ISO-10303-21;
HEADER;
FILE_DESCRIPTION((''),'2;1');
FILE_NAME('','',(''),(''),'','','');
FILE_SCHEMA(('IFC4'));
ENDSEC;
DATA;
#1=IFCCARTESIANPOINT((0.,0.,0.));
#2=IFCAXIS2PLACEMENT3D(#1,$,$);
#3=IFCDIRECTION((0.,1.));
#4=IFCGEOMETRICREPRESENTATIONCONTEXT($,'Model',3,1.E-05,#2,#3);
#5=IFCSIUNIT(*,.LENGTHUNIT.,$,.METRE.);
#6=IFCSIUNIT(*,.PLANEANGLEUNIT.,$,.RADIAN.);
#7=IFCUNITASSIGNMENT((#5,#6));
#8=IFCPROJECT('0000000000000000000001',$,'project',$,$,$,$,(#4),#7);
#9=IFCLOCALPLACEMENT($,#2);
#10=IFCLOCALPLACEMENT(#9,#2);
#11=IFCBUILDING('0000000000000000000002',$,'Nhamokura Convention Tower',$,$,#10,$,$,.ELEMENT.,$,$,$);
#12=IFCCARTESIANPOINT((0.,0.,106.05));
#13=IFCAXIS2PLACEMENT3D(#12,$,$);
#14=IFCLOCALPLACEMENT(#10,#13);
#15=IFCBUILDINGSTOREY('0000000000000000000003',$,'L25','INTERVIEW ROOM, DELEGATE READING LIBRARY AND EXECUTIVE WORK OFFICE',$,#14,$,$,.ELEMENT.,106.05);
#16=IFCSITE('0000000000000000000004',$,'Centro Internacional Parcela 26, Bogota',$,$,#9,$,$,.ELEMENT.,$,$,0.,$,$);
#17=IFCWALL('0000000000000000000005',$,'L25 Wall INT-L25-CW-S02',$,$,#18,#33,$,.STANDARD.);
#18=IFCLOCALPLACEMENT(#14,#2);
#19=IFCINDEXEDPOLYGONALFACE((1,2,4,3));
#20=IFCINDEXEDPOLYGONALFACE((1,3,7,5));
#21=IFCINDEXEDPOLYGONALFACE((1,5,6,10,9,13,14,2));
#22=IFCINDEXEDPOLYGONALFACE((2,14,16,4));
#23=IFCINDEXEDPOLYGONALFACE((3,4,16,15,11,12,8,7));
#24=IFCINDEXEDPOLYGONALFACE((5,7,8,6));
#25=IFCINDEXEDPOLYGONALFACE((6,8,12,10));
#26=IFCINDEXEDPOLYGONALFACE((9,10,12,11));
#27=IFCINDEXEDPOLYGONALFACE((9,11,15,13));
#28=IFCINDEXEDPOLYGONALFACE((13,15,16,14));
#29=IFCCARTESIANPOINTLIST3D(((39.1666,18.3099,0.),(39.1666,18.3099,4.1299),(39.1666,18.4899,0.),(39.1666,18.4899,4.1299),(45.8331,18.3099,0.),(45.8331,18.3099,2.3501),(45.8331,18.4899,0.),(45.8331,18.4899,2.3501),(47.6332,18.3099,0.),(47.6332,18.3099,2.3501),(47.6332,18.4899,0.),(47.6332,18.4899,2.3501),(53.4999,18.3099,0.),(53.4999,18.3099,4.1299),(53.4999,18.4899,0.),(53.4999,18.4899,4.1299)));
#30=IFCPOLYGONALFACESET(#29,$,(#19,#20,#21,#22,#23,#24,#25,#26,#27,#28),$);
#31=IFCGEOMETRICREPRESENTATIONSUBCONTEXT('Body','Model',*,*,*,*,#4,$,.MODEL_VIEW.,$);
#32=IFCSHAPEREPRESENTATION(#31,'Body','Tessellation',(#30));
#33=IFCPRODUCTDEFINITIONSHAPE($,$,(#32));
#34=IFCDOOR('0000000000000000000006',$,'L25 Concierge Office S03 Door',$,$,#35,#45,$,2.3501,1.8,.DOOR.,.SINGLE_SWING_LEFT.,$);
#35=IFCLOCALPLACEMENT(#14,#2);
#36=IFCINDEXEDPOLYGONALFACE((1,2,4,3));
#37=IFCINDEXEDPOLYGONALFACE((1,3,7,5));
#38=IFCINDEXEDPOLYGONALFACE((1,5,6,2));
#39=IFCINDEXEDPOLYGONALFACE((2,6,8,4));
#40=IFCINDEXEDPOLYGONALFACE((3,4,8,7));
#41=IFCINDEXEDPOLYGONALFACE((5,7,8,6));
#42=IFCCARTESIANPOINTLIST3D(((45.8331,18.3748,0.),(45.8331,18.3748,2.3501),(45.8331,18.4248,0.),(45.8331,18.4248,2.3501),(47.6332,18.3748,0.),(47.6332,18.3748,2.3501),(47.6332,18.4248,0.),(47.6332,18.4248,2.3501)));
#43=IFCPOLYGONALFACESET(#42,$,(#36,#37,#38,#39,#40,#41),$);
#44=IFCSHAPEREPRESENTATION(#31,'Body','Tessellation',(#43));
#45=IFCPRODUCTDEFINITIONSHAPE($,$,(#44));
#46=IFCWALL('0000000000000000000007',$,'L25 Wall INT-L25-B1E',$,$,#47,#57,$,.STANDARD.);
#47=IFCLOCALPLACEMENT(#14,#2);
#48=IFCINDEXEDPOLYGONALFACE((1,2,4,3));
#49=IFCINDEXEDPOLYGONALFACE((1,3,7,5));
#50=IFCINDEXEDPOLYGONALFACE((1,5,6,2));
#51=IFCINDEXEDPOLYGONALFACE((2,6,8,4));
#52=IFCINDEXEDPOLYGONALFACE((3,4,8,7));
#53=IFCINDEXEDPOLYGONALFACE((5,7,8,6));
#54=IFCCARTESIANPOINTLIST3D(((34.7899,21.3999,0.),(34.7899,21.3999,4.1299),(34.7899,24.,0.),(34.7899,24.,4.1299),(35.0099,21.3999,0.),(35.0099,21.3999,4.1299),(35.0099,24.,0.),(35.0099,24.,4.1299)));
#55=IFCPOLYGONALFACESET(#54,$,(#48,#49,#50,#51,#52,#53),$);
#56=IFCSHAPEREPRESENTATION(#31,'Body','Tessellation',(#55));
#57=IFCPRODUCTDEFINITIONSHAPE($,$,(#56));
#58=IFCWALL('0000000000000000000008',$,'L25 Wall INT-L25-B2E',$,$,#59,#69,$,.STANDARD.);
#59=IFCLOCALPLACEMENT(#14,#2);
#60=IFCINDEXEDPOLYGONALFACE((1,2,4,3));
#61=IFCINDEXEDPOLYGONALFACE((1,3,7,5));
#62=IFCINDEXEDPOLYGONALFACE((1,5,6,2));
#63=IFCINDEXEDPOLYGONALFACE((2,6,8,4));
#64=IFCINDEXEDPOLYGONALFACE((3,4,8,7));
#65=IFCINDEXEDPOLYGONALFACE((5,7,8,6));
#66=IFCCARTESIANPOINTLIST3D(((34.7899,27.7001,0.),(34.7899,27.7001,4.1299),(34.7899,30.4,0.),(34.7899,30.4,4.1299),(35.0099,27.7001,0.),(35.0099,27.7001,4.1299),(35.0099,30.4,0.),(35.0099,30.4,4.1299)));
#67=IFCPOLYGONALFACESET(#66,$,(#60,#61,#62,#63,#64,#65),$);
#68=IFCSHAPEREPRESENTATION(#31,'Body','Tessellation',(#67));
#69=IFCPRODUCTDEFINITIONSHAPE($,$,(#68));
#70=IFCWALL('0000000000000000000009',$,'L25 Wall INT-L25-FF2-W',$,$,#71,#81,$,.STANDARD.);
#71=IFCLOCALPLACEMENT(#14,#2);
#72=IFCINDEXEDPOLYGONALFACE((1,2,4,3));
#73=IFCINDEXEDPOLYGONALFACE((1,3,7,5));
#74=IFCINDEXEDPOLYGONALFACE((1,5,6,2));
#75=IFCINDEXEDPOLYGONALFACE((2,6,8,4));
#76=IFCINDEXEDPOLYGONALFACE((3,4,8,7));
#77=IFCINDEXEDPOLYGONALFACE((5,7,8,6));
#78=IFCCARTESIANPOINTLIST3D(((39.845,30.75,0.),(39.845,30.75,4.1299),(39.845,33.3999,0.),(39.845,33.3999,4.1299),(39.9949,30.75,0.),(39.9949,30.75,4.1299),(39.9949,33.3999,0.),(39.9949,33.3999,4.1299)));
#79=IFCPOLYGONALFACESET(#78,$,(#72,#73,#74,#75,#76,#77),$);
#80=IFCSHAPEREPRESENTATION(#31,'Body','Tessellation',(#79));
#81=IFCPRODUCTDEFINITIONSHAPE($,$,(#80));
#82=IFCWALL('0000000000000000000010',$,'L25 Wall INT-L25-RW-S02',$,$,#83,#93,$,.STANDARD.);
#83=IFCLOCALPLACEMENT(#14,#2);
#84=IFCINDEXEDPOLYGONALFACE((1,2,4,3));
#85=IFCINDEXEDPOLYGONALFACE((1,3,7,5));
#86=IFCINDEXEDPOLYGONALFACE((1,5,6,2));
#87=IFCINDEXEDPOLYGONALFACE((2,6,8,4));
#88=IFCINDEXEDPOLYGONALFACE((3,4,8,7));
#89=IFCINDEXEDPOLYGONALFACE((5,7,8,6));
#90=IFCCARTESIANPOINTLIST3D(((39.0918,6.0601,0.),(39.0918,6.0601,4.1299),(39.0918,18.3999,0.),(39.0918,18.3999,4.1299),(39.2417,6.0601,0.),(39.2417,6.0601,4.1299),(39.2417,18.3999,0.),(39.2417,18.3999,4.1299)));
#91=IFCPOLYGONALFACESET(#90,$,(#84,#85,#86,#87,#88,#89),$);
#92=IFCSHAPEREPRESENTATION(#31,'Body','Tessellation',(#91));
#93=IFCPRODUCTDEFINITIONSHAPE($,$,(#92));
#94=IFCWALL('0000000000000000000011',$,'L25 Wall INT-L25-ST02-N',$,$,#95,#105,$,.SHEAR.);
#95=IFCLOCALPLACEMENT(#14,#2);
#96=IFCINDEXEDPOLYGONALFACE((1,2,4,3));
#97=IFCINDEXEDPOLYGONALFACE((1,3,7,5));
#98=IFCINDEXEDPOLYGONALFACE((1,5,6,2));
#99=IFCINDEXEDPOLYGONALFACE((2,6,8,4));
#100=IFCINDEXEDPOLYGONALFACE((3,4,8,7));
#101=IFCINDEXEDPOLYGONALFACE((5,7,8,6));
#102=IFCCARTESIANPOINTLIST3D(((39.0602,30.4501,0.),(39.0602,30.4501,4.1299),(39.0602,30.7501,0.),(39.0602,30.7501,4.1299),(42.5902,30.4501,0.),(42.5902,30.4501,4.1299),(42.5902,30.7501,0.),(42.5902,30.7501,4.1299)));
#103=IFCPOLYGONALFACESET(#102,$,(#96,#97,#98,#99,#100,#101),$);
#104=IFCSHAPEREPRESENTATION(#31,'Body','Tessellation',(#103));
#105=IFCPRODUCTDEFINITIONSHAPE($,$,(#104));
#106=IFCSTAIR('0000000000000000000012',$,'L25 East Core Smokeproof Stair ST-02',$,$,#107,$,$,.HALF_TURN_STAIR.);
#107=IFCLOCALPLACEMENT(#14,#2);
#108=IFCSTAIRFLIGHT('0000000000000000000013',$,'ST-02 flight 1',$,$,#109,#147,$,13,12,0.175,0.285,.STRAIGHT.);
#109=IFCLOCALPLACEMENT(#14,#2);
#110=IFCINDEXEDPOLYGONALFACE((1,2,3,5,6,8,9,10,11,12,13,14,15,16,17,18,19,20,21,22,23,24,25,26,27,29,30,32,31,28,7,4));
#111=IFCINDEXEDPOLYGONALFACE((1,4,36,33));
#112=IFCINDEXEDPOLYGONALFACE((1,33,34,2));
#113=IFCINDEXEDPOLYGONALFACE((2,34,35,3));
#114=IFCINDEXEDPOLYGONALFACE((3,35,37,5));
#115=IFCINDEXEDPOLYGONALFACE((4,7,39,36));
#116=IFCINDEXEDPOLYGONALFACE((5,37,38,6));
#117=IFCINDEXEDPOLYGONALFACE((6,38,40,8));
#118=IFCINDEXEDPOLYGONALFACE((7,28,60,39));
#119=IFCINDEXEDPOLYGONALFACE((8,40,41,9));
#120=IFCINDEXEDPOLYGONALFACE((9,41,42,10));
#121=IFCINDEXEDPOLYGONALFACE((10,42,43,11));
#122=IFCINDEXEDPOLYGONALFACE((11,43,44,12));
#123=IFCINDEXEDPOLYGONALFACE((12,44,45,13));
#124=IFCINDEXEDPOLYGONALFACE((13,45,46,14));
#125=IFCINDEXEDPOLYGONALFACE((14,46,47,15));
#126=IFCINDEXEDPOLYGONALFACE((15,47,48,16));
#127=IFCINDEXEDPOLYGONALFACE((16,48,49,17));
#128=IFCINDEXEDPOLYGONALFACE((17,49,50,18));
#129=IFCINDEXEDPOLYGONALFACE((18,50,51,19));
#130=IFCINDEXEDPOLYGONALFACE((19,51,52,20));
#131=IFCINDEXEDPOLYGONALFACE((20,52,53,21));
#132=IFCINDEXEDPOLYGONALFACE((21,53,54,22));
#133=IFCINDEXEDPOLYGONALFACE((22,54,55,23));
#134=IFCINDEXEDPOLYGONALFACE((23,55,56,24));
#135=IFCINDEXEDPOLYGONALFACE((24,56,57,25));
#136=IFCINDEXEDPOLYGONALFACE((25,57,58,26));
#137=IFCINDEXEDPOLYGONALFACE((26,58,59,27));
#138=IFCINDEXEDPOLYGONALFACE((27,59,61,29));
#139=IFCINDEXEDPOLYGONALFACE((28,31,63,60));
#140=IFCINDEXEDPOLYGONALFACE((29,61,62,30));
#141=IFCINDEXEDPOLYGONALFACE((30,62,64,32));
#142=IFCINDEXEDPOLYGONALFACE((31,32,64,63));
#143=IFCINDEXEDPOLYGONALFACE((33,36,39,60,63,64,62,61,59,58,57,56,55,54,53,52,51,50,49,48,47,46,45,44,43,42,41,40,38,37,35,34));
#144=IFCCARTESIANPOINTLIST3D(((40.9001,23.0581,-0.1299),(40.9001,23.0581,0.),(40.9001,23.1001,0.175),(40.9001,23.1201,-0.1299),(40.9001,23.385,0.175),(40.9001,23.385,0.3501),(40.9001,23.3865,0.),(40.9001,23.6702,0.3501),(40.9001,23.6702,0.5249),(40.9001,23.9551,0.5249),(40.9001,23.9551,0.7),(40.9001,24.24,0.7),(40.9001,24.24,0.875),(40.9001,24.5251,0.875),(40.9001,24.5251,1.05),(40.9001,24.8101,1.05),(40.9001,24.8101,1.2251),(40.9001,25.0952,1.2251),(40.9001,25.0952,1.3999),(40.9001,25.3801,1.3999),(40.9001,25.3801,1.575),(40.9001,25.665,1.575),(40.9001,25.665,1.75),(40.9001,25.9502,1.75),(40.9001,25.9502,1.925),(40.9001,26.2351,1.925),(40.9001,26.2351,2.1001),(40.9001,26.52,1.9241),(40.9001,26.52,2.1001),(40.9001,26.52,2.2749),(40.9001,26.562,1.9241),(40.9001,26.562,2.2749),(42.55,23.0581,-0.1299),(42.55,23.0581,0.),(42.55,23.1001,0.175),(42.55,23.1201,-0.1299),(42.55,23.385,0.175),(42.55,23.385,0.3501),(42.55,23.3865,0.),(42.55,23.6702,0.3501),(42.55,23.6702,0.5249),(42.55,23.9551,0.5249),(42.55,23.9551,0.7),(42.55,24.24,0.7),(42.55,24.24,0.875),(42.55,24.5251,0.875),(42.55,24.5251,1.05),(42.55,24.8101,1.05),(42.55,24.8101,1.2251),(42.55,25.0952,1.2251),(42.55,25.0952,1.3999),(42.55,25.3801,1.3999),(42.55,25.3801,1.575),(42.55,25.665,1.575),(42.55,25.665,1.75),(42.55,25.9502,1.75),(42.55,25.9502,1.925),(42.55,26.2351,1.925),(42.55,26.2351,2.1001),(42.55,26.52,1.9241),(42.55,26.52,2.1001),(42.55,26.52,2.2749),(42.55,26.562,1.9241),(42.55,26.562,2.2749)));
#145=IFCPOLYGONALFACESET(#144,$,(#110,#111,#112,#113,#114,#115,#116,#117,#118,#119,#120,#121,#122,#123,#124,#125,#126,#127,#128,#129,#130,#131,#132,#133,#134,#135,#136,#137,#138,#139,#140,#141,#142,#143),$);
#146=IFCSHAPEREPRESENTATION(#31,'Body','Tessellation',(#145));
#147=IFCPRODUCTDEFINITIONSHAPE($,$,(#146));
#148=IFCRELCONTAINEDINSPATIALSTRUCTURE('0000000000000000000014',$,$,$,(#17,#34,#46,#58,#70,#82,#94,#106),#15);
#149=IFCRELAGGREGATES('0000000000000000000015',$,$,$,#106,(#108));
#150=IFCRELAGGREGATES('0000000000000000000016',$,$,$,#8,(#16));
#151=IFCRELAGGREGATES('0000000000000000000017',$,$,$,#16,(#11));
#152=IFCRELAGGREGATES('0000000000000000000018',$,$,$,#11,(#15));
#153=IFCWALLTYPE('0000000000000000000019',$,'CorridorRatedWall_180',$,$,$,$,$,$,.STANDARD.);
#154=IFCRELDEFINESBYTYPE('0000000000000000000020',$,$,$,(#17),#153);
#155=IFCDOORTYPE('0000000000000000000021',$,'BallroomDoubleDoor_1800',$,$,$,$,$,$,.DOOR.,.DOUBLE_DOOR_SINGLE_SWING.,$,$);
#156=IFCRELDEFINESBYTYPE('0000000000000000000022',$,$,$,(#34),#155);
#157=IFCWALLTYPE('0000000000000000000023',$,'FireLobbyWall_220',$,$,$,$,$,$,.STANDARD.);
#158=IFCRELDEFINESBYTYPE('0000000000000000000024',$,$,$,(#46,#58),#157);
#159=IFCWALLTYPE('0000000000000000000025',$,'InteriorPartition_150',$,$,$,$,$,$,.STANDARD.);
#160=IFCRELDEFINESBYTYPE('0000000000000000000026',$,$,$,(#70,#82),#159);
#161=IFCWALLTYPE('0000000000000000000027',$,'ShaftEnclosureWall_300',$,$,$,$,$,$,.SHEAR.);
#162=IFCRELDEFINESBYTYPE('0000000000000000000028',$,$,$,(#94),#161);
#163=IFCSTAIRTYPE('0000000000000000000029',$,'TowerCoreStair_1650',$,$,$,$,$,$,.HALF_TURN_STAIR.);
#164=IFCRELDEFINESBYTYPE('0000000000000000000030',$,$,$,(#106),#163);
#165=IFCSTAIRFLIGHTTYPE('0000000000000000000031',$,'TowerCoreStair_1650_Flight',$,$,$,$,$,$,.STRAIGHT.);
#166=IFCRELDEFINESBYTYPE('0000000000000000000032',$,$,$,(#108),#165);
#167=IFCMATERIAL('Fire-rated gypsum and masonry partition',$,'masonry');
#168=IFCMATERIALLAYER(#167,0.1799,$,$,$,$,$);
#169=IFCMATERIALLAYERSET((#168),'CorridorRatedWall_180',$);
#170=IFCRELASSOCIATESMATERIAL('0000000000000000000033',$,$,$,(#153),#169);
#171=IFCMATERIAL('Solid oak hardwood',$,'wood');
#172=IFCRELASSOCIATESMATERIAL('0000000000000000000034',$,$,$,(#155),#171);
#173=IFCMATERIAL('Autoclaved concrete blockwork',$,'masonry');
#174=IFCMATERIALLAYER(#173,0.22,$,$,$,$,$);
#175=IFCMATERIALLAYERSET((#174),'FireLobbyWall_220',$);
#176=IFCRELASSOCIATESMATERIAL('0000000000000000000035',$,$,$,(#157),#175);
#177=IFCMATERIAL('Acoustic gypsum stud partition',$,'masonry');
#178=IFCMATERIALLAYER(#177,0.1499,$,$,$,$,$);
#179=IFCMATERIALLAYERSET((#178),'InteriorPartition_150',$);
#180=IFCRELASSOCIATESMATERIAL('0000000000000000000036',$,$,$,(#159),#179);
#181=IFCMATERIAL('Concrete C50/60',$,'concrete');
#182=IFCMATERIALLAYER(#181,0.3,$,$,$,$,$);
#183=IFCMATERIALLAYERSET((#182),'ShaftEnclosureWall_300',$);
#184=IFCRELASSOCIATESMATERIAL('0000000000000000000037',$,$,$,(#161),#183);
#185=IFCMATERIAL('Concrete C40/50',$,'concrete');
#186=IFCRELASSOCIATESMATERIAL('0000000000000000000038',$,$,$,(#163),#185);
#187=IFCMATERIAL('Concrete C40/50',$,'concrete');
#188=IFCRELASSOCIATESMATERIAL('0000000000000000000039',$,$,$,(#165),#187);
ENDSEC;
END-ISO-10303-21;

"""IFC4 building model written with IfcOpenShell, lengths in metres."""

from ifc_helpers import new_model, si_unit, direction, frame, frame_2d, origin, place, context, subcontext, project, spatial, polyline, rectangle, outline, extrude, material, layer, layer_set, type_object, element, fill, aggregate, save


model = new_model("IFC4")

# Units and contexts
model_context = context("Model", 3, precision=1e-05, world=origin(), true_north=direction((0.0, 1.0)))
body_context = subcontext(model_context, "Body", "Model", "MODEL_VIEW")
ifc_project = project(units=[si_unit("LENGTHUNIT", "METRE"), si_unit("PLANEANGLEUNIT", "RADIAN")], contexts=[model_context])

# Site, building, storey
site_placement = place(None, origin())
site = spatial("IfcSite", under=ifc_project, at=site_placement, Name="Centro Internacional Parcela 26, Bogota", CompositionType="ELEMENT", RefElevation=0.0)
building_placement = place(site_placement, origin())
building = spatial("IfcBuilding", under=site, at=building_placement, Name="Nhamokura Convention Tower", CompositionType="ELEMENT")
storey_placement = place(building_placement, frame((0.0, 0.0, 106.05)))
storey = spatial("IfcBuildingStorey", under=building, at=storey_placement, Name="L25", Description="INTERVIEW ROOM, DELEGATE READING LIBRARY AND EXECUTIVE WORK OFFICE", CompositionType="ELEMENT", Elevation=106.05)

# Wall, opening, door
ifc_material_1 = material(Name="Fire-rated gypsum and masonry partition", Category="masonry")
ifc_layer_1 = layer(ifc_material_1, 0.1799)
ifc_layer_set_1 = layer_set([ifc_layer_1], Name="CorridorRatedWall_180")
wall_type_1 = type_object("IfcWallType", Name="CorridorRatedWall_180", PredefinedType="STANDARD", material=ifc_layer_set_1)
wall_1_placement = place(storey_placement, frame((39.1667, 18.3999, 0.0), z_axis=(0.0, 0.0, 1.0), x_axis=(1.0, 0.0, 0.0)))
wall_1 = element("IfcWall", 1, at=wall_1_placement, inside=storey, type_object=wall_type_1, Name="L25 Wall INT-L25-CW-S02", PredefinedType="STANDARD", context=body_context, shape_type="SweptSolid", body=[
    extrude(rectangle(XDim=14.3333, YDim=0.1799, at=frame_2d((7.1665, 0.0))), origin(), (0.0, 0.0, 1.0), 4.1299),
])
opening_1_placement = place(wall_1_placement, frame((6.6665, 0.0, 0.0)))
opening_1 = element("IfcOpeningElement", 2, at=opening_1_placement, cuts=wall_1, PredefinedType="OPENING", context=body_context, shape_type="SweptSolid", body=[
    extrude(rectangle(XDim=1.8, YDim=2.3501, at=frame_2d((0.8999, 1.175))), frame((0.0, 0.0999, 0.0), z_axis=(0.0, -1.0, 0.0), x_axis=(1.0, 0.0, 0.0)), (0.0, 0.0, 1.0), 0.2),
])
ifc_material_2 = material(Name="Solid oak hardwood", Category="wood")
door_type_1 = type_object("IfcDoorType", Name="BallroomDoubleDoor_1800", OperationType="DOUBLE_DOOR_SINGLE_SWING", PredefinedType="DOOR", material=ifc_material_2)
door_1_placement = place(opening_1_placement, origin())
door_1 = element("IfcDoor", 3, at=door_1_placement, inside=storey, type_object=door_type_1, Name="L25 Concierge Office S03 Door", OperationType="SINGLE_SWING_LEFT", OverallHeight=2.3501, OverallWidth=1.8, PredefinedType="DOOR", context=body_context, shape_type="SweptSolid", body=[
    extrude(rectangle(XDim=1.8, YDim=2.3501, at=frame_2d((0.8999, 1.175))), frame((0.0, 0.0249, 0.0), z_axis=(0.0, -1.0, 0.0), x_axis=(1.0, 0.0, 0.0)), (0.0, 0.0, 1.0), 0.05),
])
fill(opening_1, door_1)
ifc_material_3 = material(Name="Autoclaved concrete blockwork", Category="masonry")
ifc_layer_2 = layer(ifc_material_3, 0.22)
ifc_layer_set_2 = layer_set([ifc_layer_2], Name="FireLobbyWall_220")
wall_type_2 = type_object("IfcWallType", Name="FireLobbyWall_220", PredefinedType="STANDARD", material=ifc_layer_set_2)

# Walls
wall_2_placement = place(storey_placement, frame((34.8999, 21.3999, 0.0), z_axis=(0.0, 0.0, 1.0), x_axis=(0.0, 1.0, 0.0)))
element("IfcWall", 4, at=wall_2_placement, inside=storey, type_object=wall_type_2, Name="L25 Wall INT-L25-B1E", PredefinedType="STANDARD", context=body_context, shape_type="SweptSolid", body=[
    extrude(rectangle(XDim=2.6001, YDim=0.22, at=frame_2d((1.3, 0.0))), origin(), (0.0, 0.0, 1.0), 4.1299),
])
wall_3_placement = place(storey_placement, frame((34.8999, 27.7, 0.0), z_axis=(0.0, 0.0, 1.0), x_axis=(0.0, 1.0, 0.0)))
element("IfcWall", 5, at=wall_3_placement, inside=storey, type_object=wall_type_2, Name="L25 Wall INT-L25-B2E", PredefinedType="STANDARD", context=body_context, shape_type="SweptSolid", body=[
    extrude(rectangle(XDim=2.7, YDim=0.22, at=frame_2d((1.3501, 0.0))), origin(), (0.0, 0.0, 1.0), 4.1299),
])
ifc_material_4 = material(Name="Acoustic gypsum stud partition", Category="masonry")
ifc_layer_3 = layer(ifc_material_4, 0.1499)
ifc_layer_set_3 = layer_set([ifc_layer_3], Name="InteriorPartition_150")
wall_type_3 = type_object("IfcWallType", Name="InteriorPartition_150", PredefinedType="STANDARD", material=ifc_layer_set_3)
wall_4_placement = place(storey_placement, frame((39.9199, 30.75, 0.0), z_axis=(0.0, 0.0, 1.0), x_axis=(0.0, 1.0, 0.0)))
element("IfcWall", 6, at=wall_4_placement, inside=storey, type_object=wall_type_3, Name="L25 Wall INT-L25-FF2-W", PredefinedType="STANDARD", context=body_context, shape_type="SweptSolid", body=[
    extrude(rectangle(XDim=2.6499, YDim=0.1499, at=frame_2d((1.325, 0.0))), origin(), (0.0, 0.0, 1.0), 4.1299),
])
wall_5_placement = place(storey_placement, frame((39.1667, 6.0601, 0.0), z_axis=(0.0, 0.0, 1.0), x_axis=(0.0, 1.0, 0.0)))
element("IfcWall", 7, at=wall_5_placement, inside=storey, type_object=wall_type_3, Name="L25 Wall INT-L25-RW-S02", PredefinedType="STANDARD", context=body_context, shape_type="SweptSolid", body=[
    extrude(rectangle(XDim=12.3398, YDim=0.1499, at=frame_2d((6.1699, 0.0))), origin(), (0.0, 0.0, 1.0), 4.1299),
])
ifc_material_5 = material(Name="Concrete C50/60", Category="concrete")
ifc_layer_4 = layer(ifc_material_5, 0.3)
ifc_layer_set_4 = layer_set([ifc_layer_4], Name="ShaftEnclosureWall_300")
wall_type_4 = type_object("IfcWallType", Name="ShaftEnclosureWall_300", PredefinedType="SHEAR", material=ifc_layer_set_4)
wall_6_placement = place(storey_placement, frame((39.0601, 30.6001, 0.0), z_axis=(0.0, 0.0, 1.0), x_axis=(1.0, 0.0, 0.0)))
element("IfcWall", 8, at=wall_6_placement, inside=storey, type_object=wall_type_4, Name="L25 Wall INT-L25-ST02-N", PredefinedType="SHEAR", context=body_context, shape_type="SweptSolid", body=[
    extrude(rectangle(XDim=3.53, YDim=0.3, at=frame_2d((1.7651, 0.0))), origin(), (0.0, 0.0, 1.0), 4.1299),
])

# Stair, stair flight
ifc_material_6 = material(Name="Concrete C40/50", Category="concrete")
stair_type = type_object("IfcStairType", Name="TowerCoreStair_1650", PredefinedType="HALF_TURN_STAIR", material=ifc_material_6)
stair_placement = place(storey_placement, origin())
stair = element("IfcStair", 9, at=stair_placement, inside=storey, type_object=stair_type, Name="L25 East Core Smokeproof Stair ST-02", PredefinedType="HALF_TURN_STAIR")
ifc_material_7 = material(Name="Concrete C40/50", Category="concrete")
stair_flight_type = type_object("IfcStairFlightType", Name="TowerCoreStair_1650_Flight", PredefinedType="STRAIGHT", material=ifc_material_7)
stair_flight_1_placement = place(storey_placement, frame((41.7251, 23.1001, 0.0), z_axis=(0.0, 0.0, 1.0), x_axis=(0.0, 1.0, 0.0)))
stair_flight_1 = element("IfcStairFlight", 10, at=stair_flight_1_placement, type_object=stair_flight_type, Name="ST-02 flight 1", NumberOfRisers=13, NumberOfTreads=12, PredefinedType="STRAIGHT", RiserHeight=0.175, TreadLength=0.285, context=body_context, shape_type="SweptSolid", body=[
    extrude(outline(polyline([(-0.042, 0.0), (0.0, 0.175), (0.2849, 0.175), (0.2849, 0.3501), (0.5701, 0.3501), (0.5701, 0.5249), (0.855, 0.5249), (0.855, 0.7), (1.1399, 0.7), (1.1399, 0.875), (1.425, 0.875), (1.425, 1.05), (1.71, 1.05), (1.71, 1.2251), (1.9951, 1.2251), (1.9951, 1.3999), (2.28, 1.3999), (2.28, 1.575), (2.5649, 1.575), (2.5649, 1.75), (2.8501, 1.75), (2.8501, 1.925), (3.135, 1.925), (3.135, 2.1001), (3.4199, 2.1001), (3.4199, 2.2749), (3.4619, 2.2749), (3.4619, 1.9241), (3.4199, 1.9241), (0.2864, 0.0), (0.02, -0.1299), (-0.042, -0.1299), (-0.042, 0.0)])), frame((0.0, 0.825, 0.0), z_axis=(0.0, -1.0, 0.0), x_axis=(1.0, 0.0, 0.0)), (0.0, 0.0, 1.0), 1.6499),
])
aggregate(stair, [stair_flight_1])

save(model, "model.ifc")
